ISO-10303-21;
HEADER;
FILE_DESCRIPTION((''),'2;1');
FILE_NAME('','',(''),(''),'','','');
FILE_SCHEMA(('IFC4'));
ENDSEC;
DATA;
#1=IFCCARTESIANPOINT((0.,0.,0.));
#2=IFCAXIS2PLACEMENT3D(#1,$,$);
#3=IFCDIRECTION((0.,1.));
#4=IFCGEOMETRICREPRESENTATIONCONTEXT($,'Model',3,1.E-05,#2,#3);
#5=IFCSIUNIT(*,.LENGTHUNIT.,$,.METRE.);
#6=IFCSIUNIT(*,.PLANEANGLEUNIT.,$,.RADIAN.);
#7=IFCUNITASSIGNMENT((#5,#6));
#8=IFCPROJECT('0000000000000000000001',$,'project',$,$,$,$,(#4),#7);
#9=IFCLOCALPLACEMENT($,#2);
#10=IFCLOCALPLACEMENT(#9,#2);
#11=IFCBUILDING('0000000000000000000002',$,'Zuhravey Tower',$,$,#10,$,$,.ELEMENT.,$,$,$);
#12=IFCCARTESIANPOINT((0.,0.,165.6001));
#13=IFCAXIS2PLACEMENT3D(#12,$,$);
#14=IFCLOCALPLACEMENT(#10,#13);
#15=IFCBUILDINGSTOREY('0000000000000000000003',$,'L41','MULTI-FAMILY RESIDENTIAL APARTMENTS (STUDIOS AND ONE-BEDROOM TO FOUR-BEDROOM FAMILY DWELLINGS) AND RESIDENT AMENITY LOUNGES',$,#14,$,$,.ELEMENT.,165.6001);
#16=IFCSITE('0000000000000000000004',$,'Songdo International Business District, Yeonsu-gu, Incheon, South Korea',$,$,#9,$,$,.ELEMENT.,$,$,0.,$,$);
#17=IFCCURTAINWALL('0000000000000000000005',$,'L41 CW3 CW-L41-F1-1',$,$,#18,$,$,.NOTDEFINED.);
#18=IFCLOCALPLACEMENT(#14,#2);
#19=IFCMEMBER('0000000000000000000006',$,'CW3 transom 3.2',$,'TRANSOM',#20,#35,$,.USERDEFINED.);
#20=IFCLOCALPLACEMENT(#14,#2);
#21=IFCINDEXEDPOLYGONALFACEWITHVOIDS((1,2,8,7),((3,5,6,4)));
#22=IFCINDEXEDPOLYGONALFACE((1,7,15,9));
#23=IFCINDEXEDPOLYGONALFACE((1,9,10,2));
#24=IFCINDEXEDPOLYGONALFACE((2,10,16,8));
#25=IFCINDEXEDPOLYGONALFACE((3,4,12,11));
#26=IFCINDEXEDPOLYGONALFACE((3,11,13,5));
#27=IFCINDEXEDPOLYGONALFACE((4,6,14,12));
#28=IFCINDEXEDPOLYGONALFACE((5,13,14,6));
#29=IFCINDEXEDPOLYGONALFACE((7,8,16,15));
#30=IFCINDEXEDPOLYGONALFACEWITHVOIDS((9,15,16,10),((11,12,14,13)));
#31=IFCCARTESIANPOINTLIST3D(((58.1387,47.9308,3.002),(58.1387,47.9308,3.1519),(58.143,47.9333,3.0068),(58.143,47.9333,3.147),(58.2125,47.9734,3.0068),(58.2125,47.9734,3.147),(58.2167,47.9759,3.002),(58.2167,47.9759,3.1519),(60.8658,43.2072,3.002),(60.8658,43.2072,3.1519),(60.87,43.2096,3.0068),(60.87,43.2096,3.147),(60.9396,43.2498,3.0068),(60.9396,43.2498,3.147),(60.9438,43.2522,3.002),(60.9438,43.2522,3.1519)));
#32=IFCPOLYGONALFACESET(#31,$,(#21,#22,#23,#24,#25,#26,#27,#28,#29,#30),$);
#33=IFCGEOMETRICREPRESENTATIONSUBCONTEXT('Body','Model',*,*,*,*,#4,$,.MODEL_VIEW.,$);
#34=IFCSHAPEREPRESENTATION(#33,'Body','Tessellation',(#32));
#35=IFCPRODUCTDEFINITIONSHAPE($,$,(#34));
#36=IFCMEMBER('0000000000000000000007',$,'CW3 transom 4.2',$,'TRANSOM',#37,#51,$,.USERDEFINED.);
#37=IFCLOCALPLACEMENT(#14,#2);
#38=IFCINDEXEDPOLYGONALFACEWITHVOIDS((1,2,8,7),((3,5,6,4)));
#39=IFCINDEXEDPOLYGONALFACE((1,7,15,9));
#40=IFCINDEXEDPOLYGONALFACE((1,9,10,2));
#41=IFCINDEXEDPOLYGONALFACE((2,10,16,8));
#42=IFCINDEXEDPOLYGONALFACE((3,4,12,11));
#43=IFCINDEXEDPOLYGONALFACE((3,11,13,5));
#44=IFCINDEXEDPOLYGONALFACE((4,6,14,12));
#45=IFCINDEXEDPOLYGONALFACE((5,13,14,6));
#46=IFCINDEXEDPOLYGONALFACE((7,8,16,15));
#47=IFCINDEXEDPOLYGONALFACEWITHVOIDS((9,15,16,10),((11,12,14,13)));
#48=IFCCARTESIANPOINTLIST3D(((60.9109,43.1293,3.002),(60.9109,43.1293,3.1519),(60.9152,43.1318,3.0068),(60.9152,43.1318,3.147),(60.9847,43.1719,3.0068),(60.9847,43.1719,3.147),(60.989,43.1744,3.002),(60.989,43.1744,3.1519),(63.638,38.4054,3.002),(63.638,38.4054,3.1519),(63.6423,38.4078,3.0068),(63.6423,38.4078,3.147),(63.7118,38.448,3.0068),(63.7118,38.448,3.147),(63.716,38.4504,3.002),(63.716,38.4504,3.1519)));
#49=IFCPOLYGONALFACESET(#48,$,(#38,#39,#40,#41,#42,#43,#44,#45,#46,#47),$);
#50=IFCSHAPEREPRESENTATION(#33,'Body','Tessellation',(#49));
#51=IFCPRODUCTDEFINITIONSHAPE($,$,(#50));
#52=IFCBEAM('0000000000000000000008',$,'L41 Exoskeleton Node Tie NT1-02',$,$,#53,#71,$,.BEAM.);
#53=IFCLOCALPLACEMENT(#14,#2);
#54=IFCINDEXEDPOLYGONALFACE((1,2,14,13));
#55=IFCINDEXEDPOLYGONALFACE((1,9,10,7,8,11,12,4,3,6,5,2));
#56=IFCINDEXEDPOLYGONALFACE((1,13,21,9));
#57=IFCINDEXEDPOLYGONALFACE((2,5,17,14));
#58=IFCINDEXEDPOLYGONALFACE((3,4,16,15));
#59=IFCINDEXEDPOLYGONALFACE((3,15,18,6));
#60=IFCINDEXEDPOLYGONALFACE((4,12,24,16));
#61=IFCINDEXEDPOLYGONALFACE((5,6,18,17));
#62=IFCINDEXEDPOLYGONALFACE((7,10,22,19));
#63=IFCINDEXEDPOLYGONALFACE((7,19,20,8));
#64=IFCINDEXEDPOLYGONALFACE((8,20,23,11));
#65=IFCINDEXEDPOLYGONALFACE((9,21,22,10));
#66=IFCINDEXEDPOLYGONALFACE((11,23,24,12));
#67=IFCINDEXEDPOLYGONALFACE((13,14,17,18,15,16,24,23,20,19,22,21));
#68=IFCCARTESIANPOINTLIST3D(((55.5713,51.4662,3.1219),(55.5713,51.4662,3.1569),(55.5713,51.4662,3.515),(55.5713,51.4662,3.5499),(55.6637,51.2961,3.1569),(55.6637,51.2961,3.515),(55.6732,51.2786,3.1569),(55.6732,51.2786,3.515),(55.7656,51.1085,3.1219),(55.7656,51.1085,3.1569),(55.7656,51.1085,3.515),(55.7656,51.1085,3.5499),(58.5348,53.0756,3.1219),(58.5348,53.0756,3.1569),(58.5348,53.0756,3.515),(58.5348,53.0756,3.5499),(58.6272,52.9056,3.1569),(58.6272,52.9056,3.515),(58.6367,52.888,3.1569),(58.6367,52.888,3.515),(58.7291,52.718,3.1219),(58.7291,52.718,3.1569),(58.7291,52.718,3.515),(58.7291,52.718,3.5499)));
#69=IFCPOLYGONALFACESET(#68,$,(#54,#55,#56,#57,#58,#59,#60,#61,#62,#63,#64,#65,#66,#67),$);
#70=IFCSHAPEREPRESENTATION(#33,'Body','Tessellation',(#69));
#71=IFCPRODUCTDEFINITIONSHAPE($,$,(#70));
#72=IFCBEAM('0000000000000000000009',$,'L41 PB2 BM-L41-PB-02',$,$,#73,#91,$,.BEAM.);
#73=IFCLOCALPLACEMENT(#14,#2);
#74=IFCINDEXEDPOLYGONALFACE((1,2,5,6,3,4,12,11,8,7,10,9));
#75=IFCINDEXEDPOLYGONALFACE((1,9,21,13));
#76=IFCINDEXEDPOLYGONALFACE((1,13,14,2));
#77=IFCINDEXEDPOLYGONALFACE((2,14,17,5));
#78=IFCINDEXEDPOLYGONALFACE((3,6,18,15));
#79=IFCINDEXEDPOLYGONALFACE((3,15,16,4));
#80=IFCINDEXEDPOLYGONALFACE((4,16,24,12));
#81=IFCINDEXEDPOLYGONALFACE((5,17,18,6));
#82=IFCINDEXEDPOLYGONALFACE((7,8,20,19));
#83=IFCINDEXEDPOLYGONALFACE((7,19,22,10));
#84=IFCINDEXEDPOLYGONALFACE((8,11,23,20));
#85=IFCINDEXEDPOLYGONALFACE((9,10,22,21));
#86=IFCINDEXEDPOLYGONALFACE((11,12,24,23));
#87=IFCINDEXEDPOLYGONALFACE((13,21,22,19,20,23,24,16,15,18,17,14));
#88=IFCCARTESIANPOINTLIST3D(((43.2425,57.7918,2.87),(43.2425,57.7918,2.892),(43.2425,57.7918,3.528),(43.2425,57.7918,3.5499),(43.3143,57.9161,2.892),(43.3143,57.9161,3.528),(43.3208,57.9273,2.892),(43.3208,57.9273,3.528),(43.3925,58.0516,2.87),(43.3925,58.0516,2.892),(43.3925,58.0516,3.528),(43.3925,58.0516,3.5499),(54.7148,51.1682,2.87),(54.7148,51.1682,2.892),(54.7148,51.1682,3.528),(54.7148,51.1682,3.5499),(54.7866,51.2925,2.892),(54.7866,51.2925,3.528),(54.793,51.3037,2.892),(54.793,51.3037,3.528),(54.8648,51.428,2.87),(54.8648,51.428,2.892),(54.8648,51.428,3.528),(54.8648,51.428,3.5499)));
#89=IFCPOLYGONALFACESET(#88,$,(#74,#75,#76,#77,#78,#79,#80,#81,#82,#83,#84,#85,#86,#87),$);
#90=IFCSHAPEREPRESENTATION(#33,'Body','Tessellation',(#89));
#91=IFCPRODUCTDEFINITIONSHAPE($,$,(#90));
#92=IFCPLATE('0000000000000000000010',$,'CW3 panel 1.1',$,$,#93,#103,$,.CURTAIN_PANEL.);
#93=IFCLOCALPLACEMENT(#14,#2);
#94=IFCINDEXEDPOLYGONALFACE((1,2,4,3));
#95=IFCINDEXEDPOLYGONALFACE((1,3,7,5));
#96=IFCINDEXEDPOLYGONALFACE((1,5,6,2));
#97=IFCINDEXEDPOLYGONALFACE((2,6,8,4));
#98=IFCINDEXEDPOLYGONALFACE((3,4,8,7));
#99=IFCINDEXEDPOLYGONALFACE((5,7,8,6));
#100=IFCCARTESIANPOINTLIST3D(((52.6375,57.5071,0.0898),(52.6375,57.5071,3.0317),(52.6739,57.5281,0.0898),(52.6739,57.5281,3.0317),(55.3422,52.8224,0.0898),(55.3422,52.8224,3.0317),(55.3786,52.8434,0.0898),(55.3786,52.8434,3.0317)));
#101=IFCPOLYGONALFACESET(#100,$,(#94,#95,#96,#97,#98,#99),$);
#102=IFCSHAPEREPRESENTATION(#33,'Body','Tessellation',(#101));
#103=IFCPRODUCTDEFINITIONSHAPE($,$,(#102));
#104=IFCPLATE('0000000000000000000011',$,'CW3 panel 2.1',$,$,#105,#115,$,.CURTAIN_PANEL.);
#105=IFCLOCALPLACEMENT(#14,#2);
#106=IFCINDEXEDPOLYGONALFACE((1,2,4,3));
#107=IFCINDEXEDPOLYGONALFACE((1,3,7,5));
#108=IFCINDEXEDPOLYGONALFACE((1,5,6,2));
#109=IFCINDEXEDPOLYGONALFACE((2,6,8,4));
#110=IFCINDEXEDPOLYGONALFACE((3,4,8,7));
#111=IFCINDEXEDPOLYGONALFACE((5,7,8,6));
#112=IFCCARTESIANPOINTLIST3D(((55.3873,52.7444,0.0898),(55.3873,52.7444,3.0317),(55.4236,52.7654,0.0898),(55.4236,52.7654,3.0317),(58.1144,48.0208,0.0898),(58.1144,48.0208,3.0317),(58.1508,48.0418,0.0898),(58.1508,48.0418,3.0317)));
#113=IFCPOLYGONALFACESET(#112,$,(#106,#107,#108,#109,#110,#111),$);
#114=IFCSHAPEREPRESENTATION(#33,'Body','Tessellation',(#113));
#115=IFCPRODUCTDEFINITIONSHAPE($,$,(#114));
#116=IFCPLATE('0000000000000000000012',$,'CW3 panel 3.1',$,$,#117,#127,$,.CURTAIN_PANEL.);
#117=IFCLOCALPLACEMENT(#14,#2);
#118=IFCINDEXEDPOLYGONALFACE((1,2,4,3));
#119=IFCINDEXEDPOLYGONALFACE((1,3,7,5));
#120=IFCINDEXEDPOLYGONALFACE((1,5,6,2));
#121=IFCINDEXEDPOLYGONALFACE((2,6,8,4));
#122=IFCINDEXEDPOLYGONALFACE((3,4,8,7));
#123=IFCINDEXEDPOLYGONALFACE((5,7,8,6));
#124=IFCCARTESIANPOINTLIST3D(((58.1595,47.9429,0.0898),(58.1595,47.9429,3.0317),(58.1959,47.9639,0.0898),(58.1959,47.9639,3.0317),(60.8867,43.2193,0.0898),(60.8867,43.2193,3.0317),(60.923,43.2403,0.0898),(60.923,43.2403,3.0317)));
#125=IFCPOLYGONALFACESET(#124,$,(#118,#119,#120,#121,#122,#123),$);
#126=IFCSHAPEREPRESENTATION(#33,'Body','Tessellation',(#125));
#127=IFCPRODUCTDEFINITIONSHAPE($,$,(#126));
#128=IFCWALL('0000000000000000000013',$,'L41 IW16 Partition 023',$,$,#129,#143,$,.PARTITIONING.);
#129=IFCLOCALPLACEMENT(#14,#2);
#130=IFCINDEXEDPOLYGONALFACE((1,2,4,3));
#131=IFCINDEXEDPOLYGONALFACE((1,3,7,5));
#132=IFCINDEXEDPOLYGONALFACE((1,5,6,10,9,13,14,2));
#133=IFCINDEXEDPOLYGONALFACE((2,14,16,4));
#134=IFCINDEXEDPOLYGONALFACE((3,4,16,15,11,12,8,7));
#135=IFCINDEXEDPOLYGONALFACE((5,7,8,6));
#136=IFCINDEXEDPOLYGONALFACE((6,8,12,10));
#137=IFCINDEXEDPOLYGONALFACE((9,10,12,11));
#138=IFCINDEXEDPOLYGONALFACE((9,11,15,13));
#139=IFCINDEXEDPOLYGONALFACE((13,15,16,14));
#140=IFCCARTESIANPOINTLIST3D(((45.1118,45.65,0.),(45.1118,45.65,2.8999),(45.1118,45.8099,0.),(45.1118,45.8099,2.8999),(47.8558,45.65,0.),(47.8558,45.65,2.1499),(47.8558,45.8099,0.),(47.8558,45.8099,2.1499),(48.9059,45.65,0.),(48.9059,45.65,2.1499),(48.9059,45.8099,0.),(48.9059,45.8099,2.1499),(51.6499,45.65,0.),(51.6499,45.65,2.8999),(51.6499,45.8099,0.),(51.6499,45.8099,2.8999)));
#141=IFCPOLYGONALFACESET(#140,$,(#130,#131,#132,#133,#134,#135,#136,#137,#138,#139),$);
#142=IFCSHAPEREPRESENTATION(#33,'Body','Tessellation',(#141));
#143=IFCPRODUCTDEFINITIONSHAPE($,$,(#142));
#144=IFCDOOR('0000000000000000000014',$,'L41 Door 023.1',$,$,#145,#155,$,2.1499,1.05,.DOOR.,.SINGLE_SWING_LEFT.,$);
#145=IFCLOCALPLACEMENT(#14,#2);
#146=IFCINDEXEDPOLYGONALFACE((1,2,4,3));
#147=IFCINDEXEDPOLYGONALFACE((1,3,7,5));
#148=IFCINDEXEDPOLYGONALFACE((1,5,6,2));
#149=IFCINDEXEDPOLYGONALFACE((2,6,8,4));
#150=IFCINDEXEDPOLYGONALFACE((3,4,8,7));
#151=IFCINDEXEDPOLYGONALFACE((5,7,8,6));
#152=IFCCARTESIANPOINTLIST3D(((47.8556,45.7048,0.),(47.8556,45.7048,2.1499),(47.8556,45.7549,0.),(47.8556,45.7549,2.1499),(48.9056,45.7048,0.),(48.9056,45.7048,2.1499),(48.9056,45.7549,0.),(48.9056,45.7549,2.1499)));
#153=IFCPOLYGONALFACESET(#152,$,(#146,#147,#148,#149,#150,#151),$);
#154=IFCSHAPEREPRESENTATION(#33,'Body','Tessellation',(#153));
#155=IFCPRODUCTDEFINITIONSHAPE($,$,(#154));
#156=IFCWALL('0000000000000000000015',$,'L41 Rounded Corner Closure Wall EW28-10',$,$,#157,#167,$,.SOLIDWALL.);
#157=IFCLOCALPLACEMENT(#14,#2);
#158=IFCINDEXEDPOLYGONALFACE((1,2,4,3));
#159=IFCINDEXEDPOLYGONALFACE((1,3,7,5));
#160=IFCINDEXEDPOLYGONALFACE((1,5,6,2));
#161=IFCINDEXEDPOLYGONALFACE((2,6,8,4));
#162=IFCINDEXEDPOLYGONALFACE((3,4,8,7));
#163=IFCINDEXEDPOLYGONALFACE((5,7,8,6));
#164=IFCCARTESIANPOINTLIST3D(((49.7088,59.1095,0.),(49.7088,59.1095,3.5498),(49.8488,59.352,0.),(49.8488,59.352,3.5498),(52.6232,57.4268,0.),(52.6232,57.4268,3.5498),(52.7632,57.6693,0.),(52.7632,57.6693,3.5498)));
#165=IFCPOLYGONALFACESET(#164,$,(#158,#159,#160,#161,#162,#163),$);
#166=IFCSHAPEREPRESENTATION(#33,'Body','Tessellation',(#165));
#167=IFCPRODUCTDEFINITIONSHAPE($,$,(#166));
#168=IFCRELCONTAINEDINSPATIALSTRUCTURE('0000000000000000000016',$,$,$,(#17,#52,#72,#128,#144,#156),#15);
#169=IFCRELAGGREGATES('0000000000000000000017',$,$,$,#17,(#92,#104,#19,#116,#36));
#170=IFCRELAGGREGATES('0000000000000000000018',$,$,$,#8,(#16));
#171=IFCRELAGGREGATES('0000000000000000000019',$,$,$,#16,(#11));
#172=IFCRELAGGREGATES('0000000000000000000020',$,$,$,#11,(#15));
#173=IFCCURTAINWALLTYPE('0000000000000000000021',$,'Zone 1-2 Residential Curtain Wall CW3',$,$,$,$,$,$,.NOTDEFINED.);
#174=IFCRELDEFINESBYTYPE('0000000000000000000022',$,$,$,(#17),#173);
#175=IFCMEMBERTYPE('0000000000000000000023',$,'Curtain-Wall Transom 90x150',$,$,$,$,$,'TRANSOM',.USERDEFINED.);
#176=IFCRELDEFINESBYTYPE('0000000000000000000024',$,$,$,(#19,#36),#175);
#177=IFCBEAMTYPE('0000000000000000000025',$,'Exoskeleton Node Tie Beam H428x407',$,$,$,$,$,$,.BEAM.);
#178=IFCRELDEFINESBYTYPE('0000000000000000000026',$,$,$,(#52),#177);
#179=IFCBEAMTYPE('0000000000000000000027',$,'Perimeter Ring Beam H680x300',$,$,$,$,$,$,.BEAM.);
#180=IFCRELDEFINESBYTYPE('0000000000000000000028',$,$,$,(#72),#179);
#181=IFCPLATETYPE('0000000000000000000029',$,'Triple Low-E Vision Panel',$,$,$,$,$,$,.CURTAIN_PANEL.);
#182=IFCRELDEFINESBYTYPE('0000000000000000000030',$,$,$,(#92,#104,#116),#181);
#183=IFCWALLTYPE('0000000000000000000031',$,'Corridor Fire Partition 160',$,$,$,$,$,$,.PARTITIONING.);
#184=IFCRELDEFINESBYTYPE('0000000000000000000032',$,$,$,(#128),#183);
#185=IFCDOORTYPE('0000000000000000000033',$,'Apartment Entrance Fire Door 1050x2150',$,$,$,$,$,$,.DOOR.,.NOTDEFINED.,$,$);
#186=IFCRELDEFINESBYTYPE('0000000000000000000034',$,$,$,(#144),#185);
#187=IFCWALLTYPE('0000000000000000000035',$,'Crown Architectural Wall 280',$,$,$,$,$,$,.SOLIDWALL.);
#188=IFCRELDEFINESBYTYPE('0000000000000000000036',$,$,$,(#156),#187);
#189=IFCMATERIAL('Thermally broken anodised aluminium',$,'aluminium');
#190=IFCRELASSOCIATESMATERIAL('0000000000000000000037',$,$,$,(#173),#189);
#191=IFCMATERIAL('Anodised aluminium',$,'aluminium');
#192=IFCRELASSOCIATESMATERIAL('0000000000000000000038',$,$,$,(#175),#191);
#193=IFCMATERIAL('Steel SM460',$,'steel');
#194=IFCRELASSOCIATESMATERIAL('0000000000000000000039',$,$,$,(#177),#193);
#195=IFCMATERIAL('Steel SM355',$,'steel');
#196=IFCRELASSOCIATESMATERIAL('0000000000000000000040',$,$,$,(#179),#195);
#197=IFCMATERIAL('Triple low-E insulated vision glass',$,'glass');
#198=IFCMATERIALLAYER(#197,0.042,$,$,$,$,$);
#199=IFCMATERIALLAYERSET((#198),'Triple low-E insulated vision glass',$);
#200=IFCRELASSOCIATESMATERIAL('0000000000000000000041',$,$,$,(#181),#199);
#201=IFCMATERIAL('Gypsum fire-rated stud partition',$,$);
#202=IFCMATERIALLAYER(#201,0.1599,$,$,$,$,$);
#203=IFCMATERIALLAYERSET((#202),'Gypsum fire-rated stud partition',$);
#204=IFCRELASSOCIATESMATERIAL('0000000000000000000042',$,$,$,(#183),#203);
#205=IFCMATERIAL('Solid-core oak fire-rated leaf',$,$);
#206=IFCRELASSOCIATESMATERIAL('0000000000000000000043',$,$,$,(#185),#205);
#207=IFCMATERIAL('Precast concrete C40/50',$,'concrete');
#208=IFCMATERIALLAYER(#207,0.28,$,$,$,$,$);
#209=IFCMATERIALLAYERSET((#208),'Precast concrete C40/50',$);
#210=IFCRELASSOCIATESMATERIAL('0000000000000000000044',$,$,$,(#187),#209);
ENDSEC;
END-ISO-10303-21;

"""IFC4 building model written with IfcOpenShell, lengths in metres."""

from ifc_helpers import new_model, si_unit, direction, frame, frame_2d, origin, origin_2d, place, context, subcontext, project, spatial, rectangle, hollow_rectangle, i_section, extrude, material, layer, layer_set, material_profile, profile_set, type_object, element, fill, aggregate, save


model = new_model("IFC4")

# Units and contexts
model_context = context("Model", 3, precision=1e-05, world=origin(), true_north=direction((0.0, 1.0)))
body_context = subcontext(model_context, "Body", "Model", "MODEL_VIEW")
ifc_project = project(units=[si_unit("LENGTHUNIT", "METRE"), si_unit("PLANEANGLEUNIT", "RADIAN")], contexts=[model_context])

# Site, building, storey
site_placement = place(None, origin())
site = spatial("IfcSite", under=ifc_project, at=site_placement, Name="Songdo International Business District, Yeonsu-gu, Incheon, South Korea", CompositionType="ELEMENT", RefElevation=0.0)
building_placement = place(site_placement, origin())
building = spatial("IfcBuilding", under=site, at=building_placement, Name="Zuhravey Tower", CompositionType="ELEMENT")
storey_placement = place(building_placement, frame((0.0, 0.0, 165.6001)))
storey = spatial("IfcBuildingStorey", under=building, at=storey_placement, Name="L41", Description="MULTI-FAMILY RESIDENTIAL APARTMENTS (STUDIOS AND ONE-BEDROOM TO FOUR-BEDROOM FAMILY DWELLINGS) AND RESIDENT AMENITY LOUNGES", CompositionType="ELEMENT", Elevation=165.6001)

# Shared definitions
ifc_material_1 = material(Name="Thermally broken anodised aluminium", Category="aluminium")
curtain_wall_type = type_object("IfcCurtainWallType", Name="Zone 1-2 Residential Curtain Wall CW3", PredefinedType="NOTDEFINED", material=ifc_material_1)
ifc_material_2 = material(Name="Anodised aluminium", Category="aluminium")

# Curtain wall, members
curtain_wall_1_placement = place(storey_placement, origin())
curtain_wall_1 = element("IfcCurtainWall", 1, at=curtain_wall_1_placement, inside=storey, type_object=curtain_wall_type, Name="L41 CW3 CW-L41-F1-1", PredefinedType="NOTDEFINED")
ifc_material_profile_1 = material_profile(ifc_material_2, hollow_rectangle(XDim=0.0901, YDim=0.1499, WallThickness=0.0049, at=origin_2d()), Name="ALU-RHS-90x150x5")
ifc_profile_set_1 = profile_set([ifc_material_profile_1], Name="Anodised aluminium")
member_type_1 = type_object("IfcMemberType", Name="Curtain-Wall Transom 90x150", ElementType="TRANSOM", PredefinedType="USERDEFINED", material=ifc_profile_set_1)
member_1_placement = place(storey_placement, frame((58.1777, 47.9534, 3.0769), z_axis=(0.499981, -0.866037, 0.0), x_axis=(0.866037, 0.499981, 0.0)))
member_1 = element("IfcMember", 2, at=member_1_placement, type_object=member_type_1, Name="CW3 transom 3.2", ObjectType="TRANSOM", PredefinedType="USERDEFINED", context=body_context, shape_type="SweptSolid", body=[
    extrude(hollow_rectangle(XDim=0.0901, YDim=0.1499, WallThickness=0.0049, at=origin_2d()), origin(), (0.0, 0.0, 1.0), 5.4543),
])
member_2_placement = place(storey_placement, frame((60.95, 43.1519, 3.0769), z_axis=(0.499961, -0.866048, 0.0), x_axis=(0.866048, 0.499961, 0.0)))
member_2 = element("IfcMember", 3, at=member_2_placement, type_object=member_type_1, Name="CW3 transom 4.2", ObjectType="TRANSOM", PredefinedType="USERDEFINED", context=body_context, shape_type="SweptSolid", body=[
    extrude(hollow_rectangle(XDim=0.0901, YDim=0.1499, WallThickness=0.0049, at=origin_2d()), origin(), (0.0, 0.0, 1.0), 5.4546),
])

# Beams
ifc_material_3 = material(Name="Steel SM460", Category="steel")
ifc_material_profile_2 = material_profile(ifc_material_3, i_section(OverallWidth=0.407, OverallDepth=0.428, WebThickness=0.02, FlangeThickness=0.0349, at=origin_2d()), Name="H-428x407x20x35")
ifc_profile_set_2 = profile_set([ifc_material_profile_2], Name="Steel SM460")
beam_type_1 = type_object("IfcBeamType", Name="Exoskeleton Node Tie Beam H428x407", PredefinedType="BEAM", material=ifc_profile_set_2)
beam_1_placement = place(storey_placement, frame((55.6685, 51.2874, 3.3359), z_axis=(0.878768, 0.477248, 0.0), x_axis=(-0.477248, 0.878768, 0.0)))
element("IfcBeam", 4, at=beam_1_placement, inside=storey, type_object=beam_type_1, Name="L41 Exoskeleton Node Tie NT1-02", PredefinedType="BEAM", context=body_context, shape_type="SweptSolid", body=[
    extrude(i_section(OverallWidth=0.407, OverallDepth=0.428, WebThickness=0.02, FlangeThickness=0.0349, at=origin_2d()), origin(), (0.0, 0.0, 1.0), 3.3723),
])
ifc_material_4 = material(Name="Steel SM355", Category="steel")
ifc_material_profile_3 = material_profile(ifc_material_4, i_section(OverallWidth=0.3, OverallDepth=0.6799, WebThickness=0.0129, FlangeThickness=0.022, at=origin_2d()), Name="H-680x300x13x22")
ifc_profile_set_3 = profile_set([ifc_material_profile_3], Name="Steel SM355")
beam_type_2 = type_object("IfcBeamType", Name="Perimeter Ring Beam H680x300", PredefinedType="BEAM", material=ifc_profile_set_3)
beam_2_placement = place(storey_placement, frame((54.7898, 51.2981, 3.21), z_axis=(-0.866023, 0.500004, 0.0), x_axis=(-0.500004, -0.866023, 0.0)))
element("IfcBeam", 5, at=beam_2_placement, inside=storey, type_object=beam_type_2, Name="L41 PB2 BM-L41-PB-02", PredefinedType="BEAM", context=body_context, shape_type="SweptSolid", body=[
    extrude(i_section(OverallWidth=0.3, OverallDepth=0.6799, WebThickness=0.0129, FlangeThickness=0.022, at=origin_2d()), origin(), (0.0, 0.0, 1.0), 13.2471),
])

# Plates
ifc_material_5 = material(Name="Triple low-E insulated vision glass", Category="glass")
ifc_layer_1 = layer(ifc_material_5, 0.042)
ifc_layer_set_1 = layer_set([ifc_layer_1], Name="Triple low-E insulated vision glass")
plate_type = type_object("IfcPlateType", Name="Triple Low-E Vision Panel", PredefinedType="CURTAIN_PANEL", material=ifc_layer_set_1)
plate_1_placement = place(storey_placement, frame((54.0081, 55.1753, 0.0898), z_axis=(0.0, 0.0, 1.0), x_axis=(0.5, -0.866025, 0.0)))
plate_1 = element("IfcPlate", 6, at=plate_1_placement, type_object=plate_type, Name="CW3 panel 1.1", PredefinedType="CURTAIN_PANEL", context=body_context, shape_type="SweptSolid", body=[
    extrude(rectangle(XDim=5.4094, YDim=0.042, at=origin_2d()), origin(), (0.0, 0.0, 1.0), 2.9419),
])
plate_2_placement = place(storey_placement, frame((56.769, 50.3931, 0.0898), z_axis=(0.0, 0.0, 1.0), x_axis=(0.5, -0.866025, 0.0)))
plate_2 = element("IfcPlate", 7, at=plate_2_placement, type_object=plate_type, Name="CW3 panel 2.1", PredefinedType="CURTAIN_PANEL", context=body_context, shape_type="SweptSolid", body=[
    extrude(rectangle(XDim=5.4543, YDim=0.042, at=origin_2d()), origin(), (0.0, 0.0, 1.0), 2.9419),
])
plate_3_placement = place(storey_placement, frame((59.5413, 45.5916, 0.0898), z_axis=(0.0, 0.0, 1.0), x_axis=(0.5, -0.866025, 0.0)))
plate_3 = element("IfcPlate", 8, at=plate_3_placement, type_object=plate_type, Name="CW3 panel 3.1", PredefinedType="CURTAIN_PANEL", context=body_context, shape_type="SweptSolid", body=[
    extrude(rectangle(XDim=5.4543, YDim=0.042, at=origin_2d()), origin(), (0.0, 0.0, 1.0), 2.9419),
])
aggregate(curtain_wall_1, [plate_1, plate_2, member_1, plate_3, member_2])

# Wall, opening, door
ifc_material_6 = material(Name="Gypsum fire-rated stud partition")
ifc_layer_2 = layer(ifc_material_6, 0.1599)
ifc_layer_set_2 = layer_set([ifc_layer_2], Name="Gypsum fire-rated stud partition")
wall_type_1 = type_object("IfcWallType", Name="Corridor Fire Partition 160", PredefinedType="PARTITIONING", material=ifc_layer_set_2)
wall_1_placement = place(storey_placement, frame((51.6499, 45.73, 0.0), z_axis=(0.0, 0.0, 1.0), x_axis=(-1.0, 0.0, 0.0)))
wall_1 = element("IfcWall", 9, at=wall_1_placement, inside=storey, type_object=wall_type_1, Name="L41 IW16 Partition 023", PredefinedType="PARTITIONING", context=body_context, shape_type="SweptSolid", body=[
    extrude(rectangle(XDim=6.5381, YDim=0.1599, at=frame_2d((3.269, 0.0))), origin(), (0.0, 0.0, 1.0), 2.8999),
])
opening_1_placement = place(wall_1_placement, frame((2.7441, 0.0, 0.0)))
opening_1 = element("IfcOpeningElement", 10, at=opening_1_placement, cuts=wall_1, PredefinedType="OPENING", context=body_context, shape_type="SweptSolid", body=[
    extrude(rectangle(XDim=1.05, YDim=2.1499, at=frame_2d((0.5249, 1.075))), frame((0.0, 0.092, 0.0), z_axis=(0.0, -1.0, 0.0), x_axis=(1.0, 0.0, 0.0)), (0.0, 0.0, 1.0), 0.1838),
])
ifc_material_7 = material(Name="Solid-core oak fire-rated leaf")
door_type_1 = type_object("IfcDoorType", Name="Apartment Entrance Fire Door 1050x2150", OperationType="NOTDEFINED", PredefinedType="DOOR", material=ifc_material_7)
door_1_placement = place(opening_1_placement, frame((1.05, 0.0, 0.0), z_axis=(0.0, 0.0, 1.0), x_axis=(-1.0, 0.0, 0.0)))
door_1 = element("IfcDoor", 11, at=door_1_placement, inside=storey, type_object=door_type_1, Name="L41 Door 023.1", OperationType="SINGLE_SWING_LEFT", OverallHeight=2.1499, OverallWidth=1.05, PredefinedType="DOOR", context=body_context, shape_type="SweptSolid", body=[
    extrude(rectangle(XDim=1.05, YDim=2.1499, at=frame_2d((0.5249, 1.075))), frame((0.0, 0.0249, 0.0), z_axis=(0.0, -1.0, 0.0), x_axis=(1.0, 0.0, 0.0)), (0.0, 0.0, 1.0), 0.05),
])
fill(opening_1, door_1)

# Wall
ifc_material_8 = material(Name="Precast concrete C40/50", Category="concrete")
ifc_layer_3 = layer(ifc_material_8, 0.28)
ifc_layer_set_3 = layer_set([ifc_layer_3], Name="Precast concrete C40/50")
wall_type_2 = type_object("IfcWallType", Name="Crown Architectural Wall 280", PredefinedType="SOLIDWALL", material=ifc_layer_set_3)
wall_2_placement = place(storey_placement, frame((49.7788, 59.2307, 0.0), z_axis=(0.0, 0.0, 1.0), x_axis=(0.86602, -0.500009, 0.0)))
element("IfcWall", 12, at=wall_2_placement, inside=storey, type_object=wall_type_2, Name="L41 Rounded Corner Closure Wall EW28-10", PredefinedType="SOLIDWALL", context=body_context, shape_type="SweptSolid", body=[
    extrude(rectangle(XDim=3.3652, YDim=0.28, at=frame_2d((1.6826, 0.0))), origin(), (0.0, 0.0, 1.0), 3.5498),
])

save(model, "model.ifc")
